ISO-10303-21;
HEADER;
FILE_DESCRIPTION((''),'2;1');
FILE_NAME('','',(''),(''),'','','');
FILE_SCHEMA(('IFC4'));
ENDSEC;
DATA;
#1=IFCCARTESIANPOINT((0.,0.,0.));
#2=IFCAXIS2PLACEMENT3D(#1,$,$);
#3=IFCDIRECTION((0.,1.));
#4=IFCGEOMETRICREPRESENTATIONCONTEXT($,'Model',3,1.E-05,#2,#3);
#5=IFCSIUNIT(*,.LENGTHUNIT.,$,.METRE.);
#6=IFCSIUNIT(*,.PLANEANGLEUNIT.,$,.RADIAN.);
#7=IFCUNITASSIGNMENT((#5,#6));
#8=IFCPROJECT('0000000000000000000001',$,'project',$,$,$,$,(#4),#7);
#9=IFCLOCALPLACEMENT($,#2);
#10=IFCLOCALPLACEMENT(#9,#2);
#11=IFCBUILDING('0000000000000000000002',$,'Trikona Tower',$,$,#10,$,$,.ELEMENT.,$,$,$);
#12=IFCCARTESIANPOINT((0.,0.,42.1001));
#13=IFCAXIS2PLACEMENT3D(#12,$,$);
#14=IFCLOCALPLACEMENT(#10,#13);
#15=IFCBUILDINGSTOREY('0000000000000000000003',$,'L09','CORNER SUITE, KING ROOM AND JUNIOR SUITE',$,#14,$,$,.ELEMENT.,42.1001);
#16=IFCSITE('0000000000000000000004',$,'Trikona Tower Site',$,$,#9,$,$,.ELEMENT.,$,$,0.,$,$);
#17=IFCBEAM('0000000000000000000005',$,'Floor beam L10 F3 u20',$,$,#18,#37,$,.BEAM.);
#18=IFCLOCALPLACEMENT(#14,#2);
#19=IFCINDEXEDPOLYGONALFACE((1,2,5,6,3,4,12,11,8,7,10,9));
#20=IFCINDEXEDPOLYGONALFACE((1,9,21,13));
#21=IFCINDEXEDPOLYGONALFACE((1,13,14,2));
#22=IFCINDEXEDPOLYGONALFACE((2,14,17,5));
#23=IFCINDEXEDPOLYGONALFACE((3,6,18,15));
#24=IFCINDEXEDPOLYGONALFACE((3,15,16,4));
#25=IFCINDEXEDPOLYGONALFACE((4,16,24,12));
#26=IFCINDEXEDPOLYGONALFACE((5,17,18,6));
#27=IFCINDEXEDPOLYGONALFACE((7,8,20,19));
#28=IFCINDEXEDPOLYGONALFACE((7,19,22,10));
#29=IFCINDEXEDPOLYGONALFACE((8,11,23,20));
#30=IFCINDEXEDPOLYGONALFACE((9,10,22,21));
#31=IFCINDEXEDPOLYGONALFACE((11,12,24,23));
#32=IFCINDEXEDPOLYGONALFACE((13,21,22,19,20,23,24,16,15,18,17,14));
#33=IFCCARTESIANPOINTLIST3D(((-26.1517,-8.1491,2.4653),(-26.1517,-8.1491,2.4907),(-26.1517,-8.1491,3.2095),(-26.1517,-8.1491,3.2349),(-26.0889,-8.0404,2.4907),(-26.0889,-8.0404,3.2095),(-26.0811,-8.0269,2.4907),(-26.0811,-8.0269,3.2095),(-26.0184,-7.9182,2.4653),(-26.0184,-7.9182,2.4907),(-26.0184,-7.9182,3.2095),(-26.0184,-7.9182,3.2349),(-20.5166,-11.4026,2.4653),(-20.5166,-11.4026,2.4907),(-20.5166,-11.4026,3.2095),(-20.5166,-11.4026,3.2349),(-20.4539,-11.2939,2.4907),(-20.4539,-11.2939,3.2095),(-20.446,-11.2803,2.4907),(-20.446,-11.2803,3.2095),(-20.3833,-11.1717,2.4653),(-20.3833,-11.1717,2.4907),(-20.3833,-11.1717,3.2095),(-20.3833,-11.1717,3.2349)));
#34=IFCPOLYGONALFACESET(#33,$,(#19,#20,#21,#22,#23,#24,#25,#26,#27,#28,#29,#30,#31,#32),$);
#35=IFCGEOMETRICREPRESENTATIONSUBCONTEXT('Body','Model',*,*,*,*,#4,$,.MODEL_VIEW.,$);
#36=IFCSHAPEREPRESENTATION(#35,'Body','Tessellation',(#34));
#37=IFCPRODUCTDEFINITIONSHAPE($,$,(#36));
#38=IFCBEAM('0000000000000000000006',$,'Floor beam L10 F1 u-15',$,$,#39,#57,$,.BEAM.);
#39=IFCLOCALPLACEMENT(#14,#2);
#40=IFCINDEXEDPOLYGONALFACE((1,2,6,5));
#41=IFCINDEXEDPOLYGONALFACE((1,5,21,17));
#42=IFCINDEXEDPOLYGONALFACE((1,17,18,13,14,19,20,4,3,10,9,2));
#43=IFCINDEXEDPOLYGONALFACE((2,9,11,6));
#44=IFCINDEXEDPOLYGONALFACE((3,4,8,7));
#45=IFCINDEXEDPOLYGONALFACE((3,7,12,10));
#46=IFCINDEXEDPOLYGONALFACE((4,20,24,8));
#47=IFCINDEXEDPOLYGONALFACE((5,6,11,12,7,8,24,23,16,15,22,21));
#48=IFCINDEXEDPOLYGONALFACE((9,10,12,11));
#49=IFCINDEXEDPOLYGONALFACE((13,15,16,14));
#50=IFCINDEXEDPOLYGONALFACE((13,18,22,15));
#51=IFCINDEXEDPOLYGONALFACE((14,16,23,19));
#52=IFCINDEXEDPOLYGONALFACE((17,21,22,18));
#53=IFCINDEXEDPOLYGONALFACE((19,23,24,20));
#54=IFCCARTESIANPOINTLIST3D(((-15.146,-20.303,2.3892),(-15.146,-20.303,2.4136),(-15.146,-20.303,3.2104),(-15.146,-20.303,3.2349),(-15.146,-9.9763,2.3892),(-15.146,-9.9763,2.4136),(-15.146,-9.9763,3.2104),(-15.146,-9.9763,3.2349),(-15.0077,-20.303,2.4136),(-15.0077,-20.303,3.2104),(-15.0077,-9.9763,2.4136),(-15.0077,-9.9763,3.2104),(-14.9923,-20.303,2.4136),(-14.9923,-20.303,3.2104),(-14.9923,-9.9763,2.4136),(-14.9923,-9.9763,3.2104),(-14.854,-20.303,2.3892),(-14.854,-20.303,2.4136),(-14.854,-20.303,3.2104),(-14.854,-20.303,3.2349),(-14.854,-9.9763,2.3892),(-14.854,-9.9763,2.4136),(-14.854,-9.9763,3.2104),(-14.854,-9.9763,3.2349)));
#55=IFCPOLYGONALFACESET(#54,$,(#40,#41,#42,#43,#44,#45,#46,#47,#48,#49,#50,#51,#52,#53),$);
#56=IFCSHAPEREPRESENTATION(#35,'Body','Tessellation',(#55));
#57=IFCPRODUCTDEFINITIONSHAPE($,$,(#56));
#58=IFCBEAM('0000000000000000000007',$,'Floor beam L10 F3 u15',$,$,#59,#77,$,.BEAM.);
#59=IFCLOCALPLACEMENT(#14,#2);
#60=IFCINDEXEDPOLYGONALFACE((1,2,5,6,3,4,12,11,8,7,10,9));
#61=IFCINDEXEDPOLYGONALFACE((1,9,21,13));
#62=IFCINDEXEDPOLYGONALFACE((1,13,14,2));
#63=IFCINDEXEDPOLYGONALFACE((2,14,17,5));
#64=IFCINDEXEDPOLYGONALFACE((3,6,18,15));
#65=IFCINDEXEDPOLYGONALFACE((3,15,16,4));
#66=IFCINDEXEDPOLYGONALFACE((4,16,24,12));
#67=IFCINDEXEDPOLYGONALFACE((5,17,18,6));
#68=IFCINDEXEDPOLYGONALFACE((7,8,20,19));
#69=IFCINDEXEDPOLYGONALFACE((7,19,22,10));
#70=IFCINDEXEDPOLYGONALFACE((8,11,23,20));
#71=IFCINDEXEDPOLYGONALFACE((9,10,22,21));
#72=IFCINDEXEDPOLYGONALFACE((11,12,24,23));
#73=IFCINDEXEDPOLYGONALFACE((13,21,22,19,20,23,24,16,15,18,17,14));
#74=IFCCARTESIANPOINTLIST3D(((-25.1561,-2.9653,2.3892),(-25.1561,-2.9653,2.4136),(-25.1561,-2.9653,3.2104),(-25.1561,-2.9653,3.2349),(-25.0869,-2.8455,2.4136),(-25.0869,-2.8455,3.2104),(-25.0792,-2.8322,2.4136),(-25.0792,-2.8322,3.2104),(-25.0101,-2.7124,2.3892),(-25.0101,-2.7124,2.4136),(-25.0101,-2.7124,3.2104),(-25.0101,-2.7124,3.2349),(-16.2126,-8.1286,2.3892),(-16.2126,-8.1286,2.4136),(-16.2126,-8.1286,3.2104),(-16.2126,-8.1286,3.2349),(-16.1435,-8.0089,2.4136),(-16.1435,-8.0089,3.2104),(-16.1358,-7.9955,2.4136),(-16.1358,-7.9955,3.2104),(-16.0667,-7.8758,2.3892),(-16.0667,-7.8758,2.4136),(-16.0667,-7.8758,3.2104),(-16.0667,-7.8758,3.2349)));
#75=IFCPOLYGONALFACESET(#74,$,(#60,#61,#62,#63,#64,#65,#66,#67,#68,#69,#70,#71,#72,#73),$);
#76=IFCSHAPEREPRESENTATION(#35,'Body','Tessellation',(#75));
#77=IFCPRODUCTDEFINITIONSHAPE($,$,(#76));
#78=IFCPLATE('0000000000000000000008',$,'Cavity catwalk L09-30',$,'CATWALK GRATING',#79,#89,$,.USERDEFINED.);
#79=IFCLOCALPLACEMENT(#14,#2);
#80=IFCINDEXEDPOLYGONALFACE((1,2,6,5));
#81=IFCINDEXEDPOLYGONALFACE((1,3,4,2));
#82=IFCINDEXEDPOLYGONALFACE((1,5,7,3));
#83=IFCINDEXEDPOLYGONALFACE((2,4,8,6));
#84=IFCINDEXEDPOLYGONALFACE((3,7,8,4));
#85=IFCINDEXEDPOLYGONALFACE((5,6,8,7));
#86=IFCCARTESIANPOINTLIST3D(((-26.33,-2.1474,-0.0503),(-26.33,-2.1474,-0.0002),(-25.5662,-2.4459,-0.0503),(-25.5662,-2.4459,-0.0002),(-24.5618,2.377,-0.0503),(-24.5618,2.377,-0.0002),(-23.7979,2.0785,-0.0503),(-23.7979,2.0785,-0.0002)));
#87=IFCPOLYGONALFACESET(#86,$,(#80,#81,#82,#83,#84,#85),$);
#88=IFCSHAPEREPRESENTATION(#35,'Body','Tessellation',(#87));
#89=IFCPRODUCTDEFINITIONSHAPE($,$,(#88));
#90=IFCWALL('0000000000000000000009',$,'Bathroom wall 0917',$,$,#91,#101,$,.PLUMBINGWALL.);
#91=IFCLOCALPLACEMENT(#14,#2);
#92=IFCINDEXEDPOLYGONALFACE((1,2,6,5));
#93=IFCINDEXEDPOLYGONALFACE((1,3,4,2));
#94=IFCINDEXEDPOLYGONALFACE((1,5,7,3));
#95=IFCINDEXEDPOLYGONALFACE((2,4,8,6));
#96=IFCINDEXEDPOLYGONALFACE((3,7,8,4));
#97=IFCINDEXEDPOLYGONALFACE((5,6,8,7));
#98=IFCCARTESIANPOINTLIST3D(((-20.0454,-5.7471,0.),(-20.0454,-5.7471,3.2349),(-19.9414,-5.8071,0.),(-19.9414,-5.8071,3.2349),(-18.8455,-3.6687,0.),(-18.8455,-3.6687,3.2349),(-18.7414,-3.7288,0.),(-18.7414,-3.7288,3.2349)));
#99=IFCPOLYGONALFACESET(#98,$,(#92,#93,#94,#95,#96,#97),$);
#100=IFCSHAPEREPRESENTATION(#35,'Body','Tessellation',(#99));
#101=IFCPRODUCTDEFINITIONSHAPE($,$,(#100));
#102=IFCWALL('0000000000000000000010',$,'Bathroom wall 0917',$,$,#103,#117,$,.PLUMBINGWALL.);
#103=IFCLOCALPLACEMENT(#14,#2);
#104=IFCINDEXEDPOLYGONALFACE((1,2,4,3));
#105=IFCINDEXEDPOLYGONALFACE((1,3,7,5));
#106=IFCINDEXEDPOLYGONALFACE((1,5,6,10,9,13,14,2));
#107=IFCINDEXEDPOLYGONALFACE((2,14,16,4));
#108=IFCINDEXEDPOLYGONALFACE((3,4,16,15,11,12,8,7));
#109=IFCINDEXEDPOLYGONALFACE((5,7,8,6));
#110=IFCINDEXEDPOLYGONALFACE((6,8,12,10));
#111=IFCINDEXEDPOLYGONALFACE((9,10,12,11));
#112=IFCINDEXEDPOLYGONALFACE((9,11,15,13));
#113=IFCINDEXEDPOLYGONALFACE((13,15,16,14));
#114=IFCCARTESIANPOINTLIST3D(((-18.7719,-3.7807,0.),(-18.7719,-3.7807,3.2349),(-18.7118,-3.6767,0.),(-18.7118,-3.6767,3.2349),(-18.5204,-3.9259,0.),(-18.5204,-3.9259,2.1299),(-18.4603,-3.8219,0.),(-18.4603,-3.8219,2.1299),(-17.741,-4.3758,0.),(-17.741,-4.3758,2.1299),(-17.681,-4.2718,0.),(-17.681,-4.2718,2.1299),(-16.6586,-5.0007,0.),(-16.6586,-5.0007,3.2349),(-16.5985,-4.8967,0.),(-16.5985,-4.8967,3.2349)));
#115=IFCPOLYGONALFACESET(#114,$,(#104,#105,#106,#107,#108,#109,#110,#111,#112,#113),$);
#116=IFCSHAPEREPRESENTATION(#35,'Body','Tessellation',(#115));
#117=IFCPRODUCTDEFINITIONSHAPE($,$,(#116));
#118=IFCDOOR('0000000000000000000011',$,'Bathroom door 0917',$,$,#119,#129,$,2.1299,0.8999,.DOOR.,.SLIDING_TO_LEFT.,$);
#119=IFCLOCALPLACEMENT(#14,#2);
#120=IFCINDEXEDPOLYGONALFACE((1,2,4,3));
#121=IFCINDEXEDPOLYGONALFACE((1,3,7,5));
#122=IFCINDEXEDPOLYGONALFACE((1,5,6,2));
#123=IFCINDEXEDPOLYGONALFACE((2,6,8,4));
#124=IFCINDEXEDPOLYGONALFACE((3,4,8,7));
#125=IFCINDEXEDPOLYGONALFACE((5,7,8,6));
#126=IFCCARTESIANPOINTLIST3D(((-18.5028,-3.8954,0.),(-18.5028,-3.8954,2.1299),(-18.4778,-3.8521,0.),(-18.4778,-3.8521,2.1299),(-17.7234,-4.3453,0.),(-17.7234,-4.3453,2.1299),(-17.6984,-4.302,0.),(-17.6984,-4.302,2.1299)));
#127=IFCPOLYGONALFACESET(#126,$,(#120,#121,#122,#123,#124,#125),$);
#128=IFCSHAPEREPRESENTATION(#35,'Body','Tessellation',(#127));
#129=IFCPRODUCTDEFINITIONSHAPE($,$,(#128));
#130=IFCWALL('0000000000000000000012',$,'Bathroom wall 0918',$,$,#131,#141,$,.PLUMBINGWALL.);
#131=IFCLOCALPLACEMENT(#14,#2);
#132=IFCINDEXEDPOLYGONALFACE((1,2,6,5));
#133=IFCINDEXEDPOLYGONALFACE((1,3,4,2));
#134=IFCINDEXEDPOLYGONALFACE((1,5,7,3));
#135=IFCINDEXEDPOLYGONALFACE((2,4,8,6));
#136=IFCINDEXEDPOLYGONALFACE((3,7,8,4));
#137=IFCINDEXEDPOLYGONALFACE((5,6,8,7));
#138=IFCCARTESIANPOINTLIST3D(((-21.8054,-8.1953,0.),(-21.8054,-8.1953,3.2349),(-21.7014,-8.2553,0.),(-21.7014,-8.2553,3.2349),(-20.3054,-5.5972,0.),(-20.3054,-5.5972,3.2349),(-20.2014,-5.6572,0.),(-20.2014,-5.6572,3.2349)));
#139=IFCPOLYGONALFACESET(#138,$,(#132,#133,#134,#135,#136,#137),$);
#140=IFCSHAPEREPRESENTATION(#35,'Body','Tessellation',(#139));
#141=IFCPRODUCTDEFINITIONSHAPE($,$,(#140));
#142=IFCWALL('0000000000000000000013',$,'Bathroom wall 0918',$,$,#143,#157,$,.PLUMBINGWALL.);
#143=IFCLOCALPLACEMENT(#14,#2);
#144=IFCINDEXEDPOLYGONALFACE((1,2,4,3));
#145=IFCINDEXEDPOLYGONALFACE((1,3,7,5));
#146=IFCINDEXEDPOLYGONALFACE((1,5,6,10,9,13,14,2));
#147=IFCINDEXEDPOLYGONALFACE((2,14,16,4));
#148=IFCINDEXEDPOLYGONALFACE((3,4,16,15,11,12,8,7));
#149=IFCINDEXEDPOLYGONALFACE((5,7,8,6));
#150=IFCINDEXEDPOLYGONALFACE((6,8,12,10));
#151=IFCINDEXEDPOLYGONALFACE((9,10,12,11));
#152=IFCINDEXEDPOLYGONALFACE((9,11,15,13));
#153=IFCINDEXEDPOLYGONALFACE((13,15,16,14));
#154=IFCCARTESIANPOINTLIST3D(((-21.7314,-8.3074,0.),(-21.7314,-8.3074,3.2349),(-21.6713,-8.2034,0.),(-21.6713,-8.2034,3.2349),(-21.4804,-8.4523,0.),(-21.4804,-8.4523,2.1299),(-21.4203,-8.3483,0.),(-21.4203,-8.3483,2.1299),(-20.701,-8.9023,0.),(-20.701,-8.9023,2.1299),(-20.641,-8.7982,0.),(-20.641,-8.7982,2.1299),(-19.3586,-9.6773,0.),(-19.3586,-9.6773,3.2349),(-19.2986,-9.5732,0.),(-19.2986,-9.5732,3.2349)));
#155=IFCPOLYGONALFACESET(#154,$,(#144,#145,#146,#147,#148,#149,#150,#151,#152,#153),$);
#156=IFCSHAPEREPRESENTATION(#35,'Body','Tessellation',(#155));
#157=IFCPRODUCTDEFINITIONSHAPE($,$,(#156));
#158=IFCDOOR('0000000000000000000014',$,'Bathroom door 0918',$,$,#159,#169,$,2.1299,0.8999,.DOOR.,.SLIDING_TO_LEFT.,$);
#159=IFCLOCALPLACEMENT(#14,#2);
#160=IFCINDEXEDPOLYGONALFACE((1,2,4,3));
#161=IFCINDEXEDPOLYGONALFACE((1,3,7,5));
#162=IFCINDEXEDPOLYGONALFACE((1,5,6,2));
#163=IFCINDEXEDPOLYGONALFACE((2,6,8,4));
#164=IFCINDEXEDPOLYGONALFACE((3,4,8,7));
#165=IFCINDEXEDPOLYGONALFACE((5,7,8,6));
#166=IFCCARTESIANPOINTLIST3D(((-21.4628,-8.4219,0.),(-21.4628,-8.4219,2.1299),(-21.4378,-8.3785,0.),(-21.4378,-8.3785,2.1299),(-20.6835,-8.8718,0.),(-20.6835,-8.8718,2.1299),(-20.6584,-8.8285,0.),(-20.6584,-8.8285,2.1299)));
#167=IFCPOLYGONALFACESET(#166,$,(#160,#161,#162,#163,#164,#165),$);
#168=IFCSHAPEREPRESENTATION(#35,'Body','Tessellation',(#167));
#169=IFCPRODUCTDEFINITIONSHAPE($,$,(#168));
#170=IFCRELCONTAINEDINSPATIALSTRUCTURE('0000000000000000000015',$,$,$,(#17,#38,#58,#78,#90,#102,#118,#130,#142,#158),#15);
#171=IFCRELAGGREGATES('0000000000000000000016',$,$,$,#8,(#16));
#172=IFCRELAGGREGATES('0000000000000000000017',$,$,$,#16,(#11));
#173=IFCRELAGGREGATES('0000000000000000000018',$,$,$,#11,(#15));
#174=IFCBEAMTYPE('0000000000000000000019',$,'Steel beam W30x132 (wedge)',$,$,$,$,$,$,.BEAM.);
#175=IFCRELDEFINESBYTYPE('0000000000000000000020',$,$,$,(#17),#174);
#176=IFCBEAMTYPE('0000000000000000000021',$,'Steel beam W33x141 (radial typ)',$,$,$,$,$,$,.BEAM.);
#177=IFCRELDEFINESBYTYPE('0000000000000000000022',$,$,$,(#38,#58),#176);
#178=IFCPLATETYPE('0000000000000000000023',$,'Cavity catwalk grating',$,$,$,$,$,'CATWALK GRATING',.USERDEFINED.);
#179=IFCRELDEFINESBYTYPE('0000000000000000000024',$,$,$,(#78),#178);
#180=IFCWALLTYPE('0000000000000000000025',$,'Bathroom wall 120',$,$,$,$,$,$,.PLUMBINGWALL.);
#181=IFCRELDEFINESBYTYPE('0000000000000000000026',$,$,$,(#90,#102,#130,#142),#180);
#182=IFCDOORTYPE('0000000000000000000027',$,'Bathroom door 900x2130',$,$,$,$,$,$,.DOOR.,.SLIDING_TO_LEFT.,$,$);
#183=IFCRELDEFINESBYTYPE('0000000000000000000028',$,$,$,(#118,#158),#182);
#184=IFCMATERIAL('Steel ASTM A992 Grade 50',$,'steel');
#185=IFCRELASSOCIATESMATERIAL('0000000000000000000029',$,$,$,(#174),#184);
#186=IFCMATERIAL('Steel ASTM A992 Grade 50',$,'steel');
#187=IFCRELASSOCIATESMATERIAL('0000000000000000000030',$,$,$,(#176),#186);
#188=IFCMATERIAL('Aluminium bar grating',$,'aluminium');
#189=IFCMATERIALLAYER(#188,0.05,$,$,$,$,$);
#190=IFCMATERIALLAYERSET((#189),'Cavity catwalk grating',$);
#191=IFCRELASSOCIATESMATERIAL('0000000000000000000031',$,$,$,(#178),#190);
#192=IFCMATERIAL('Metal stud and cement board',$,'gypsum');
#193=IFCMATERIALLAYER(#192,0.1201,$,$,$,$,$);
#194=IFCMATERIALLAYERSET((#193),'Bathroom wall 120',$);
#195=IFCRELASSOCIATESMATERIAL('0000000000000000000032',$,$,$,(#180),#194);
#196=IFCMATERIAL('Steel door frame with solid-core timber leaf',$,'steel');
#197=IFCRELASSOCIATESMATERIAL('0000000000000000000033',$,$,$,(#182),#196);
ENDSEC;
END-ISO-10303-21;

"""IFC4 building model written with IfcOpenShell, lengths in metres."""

from ifc_helpers import new_model, si_unit, direction, frame, frame_2d, origin, origin_2d, place, context, subcontext, project, spatial, rectangle, i_section, extrude, material, layer, layer_set, material_profile, profile_set, type_object, element, fill, save


model = new_model("IFC4")

# Units and contexts
model_context = context("Model", 3, precision=1e-05, world=origin(), true_north=direction((0.0, 1.0)))
body_context = subcontext(model_context, "Body", "Model", "MODEL_VIEW")
ifc_project = project(units=[si_unit("LENGTHUNIT", "METRE"), si_unit("PLANEANGLEUNIT", "RADIAN")], contexts=[model_context])

# Site, building, storey
site_placement = place(None, origin())
site = spatial("IfcSite", under=ifc_project, at=site_placement, Name="Trikona Tower Site", CompositionType="ELEMENT", RefElevation=0.0)
building_placement = place(site_placement, origin())
building = spatial("IfcBuilding", under=site, at=building_placement, Name="Trikona Tower", CompositionType="ELEMENT")
storey_placement = place(building_placement, frame((0.0, 0.0, 42.1001)))
storey = spatial("IfcBuildingStorey", under=building, at=storey_placement, Name="L09", Description="CORNER SUITE, KING ROOM AND JUNIOR SUITE", CompositionType="ELEMENT", Elevation=42.1001)

# Beams
ifc_material_1 = material(Name="Steel ASTM A992 Grade 50", Category="steel")
ifc_material_profile_1 = material_profile(ifc_material_1, i_section(OverallWidth=0.2666, OverallDepth=0.7695, WebThickness=0.0156, FlangeThickness=0.0254, at=origin_2d()), Name="W30X132")
ifc_profile_set_1 = profile_set([ifc_material_profile_1], Name="Steel ASTM A992 Grade 50")
beam_type_1 = type_object("IfcBeamType", Name="Steel beam W30x132 (wedge)", PredefinedType="BEAM", material=ifc_profile_set_1)
beam_1_placement = place(storey_placement, frame((-20.45, -11.2871, 2.8501), z_axis=(-0.866023, 0.500005, 0.0), x_axis=(-0.500005, -0.866023, 0.0)))
element("IfcBeam", 1, at=beam_1_placement, inside=storey, type_object=beam_type_1, Name="Floor beam L10 F3 u20", PredefinedType="BEAM", context=body_context, shape_type="SweptSolid", body=[
    extrude(i_section(OverallWidth=0.2666, OverallDepth=0.7695, WebThickness=0.0156, FlangeThickness=0.0254, at=origin_2d()), origin(), (0.0, 0.0, 1.0), 6.5068),
])
ifc_material_2 = material(Name="Steel ASTM A992 Grade 50", Category="steel")
ifc_material_profile_2 = material_profile(ifc_material_2, i_section(OverallWidth=0.292, OverallDepth=0.8457, WebThickness=0.0154, FlangeThickness=0.0244, at=origin_2d()), Name="W33X141")
ifc_profile_set_2 = profile_set([ifc_material_profile_2], Name="Steel ASTM A992 Grade 50")
beam_type_2 = type_object("IfcBeamType", Name="Steel beam W33x141 (radial typ)", PredefinedType="BEAM", material=ifc_profile_set_2)
beam_2_placement = place(storey_placement, frame((-15.0, -9.9763, 2.812), z_axis=(0.0, -1.0, 0.0), x_axis=(1.0, 0.0, 0.0)))
element("IfcBeam", 2, at=beam_2_placement, inside=storey, type_object=beam_type_2, Name="Floor beam L10 F1 u-15", PredefinedType="BEAM", context=body_context, shape_type="SweptSolid", body=[
    extrude(i_section(OverallWidth=0.292, OverallDepth=0.8457, WebThickness=0.0154, FlangeThickness=0.0244, at=origin_2d()), origin(), (0.0, 0.0, 1.0), 10.3267),
])
beam_3_placement = place(storey_placement, frame((-16.1396, -8.0022, 2.812), z_axis=(-0.86603, 0.499991, 0.0), x_axis=(-0.499991, -0.86603, 0.0)))
element("IfcBeam", 3, at=beam_3_placement, inside=storey, type_object=beam_type_2, Name="Floor beam L10 F3 u15", PredefinedType="BEAM", context=body_context, shape_type="SweptSolid", body=[
    extrude(i_section(OverallWidth=0.292, OverallDepth=0.8457, WebThickness=0.0154, FlangeThickness=0.0244, at=origin_2d()), origin(), (0.0, 0.0, 1.0), 10.3269),
])

# Plate
ifc_material_3 = material(Name="Aluminium bar grating", Category="aluminium")
ifc_layer_1 = layer(ifc_material_3, 0.05)
ifc_layer_set_1 = layer_set([ifc_layer_1], Name="Cavity catwalk grating")
plate_type = type_object("IfcPlateType", Name="Cavity catwalk grating", ElementType="CATWALK GRATING", PredefinedType="USERDEFINED", material=ifc_layer_set_1)
plate_placement = place(storey_placement, frame((-25.064, -0.0344, -0.0503), z_axis=(0.0, 0.0, 1.0), x_axis=(-0.364009, -0.931395, 0.0)))
element("IfcPlate", 4, at=plate_placement, inside=storey, type_object=plate_type, Name="Cavity catwalk L09-30", ObjectType="CATWALK GRATING", PredefinedType="USERDEFINED", context=body_context, shape_type="SweptSolid", body=[
    extrude(rectangle(XDim=4.8577, YDim=0.8201, at=origin_2d()), origin(), (0.0, 0.0, 1.0), 0.05),
])

# Wall
ifc_material_4 = material(Name="Metal stud and cement board", Category="gypsum")
ifc_layer_2 = layer(ifc_material_4, 0.1201)
ifc_layer_set_2 = layer_set([ifc_layer_2], Name="Bathroom wall 120")
wall_type_1 = type_object("IfcWallType", Name="Bathroom wall 120", PredefinedType="PLUMBINGWALL", material=ifc_layer_set_2)
wall_1_placement = place(storey_placement, frame((-18.7935, -3.6987, 0.0), z_axis=(0.0, 0.0, 1.0), x_axis=(-0.500001, -0.866025, 0.0)))
element("IfcWall", 5, at=wall_1_placement, inside=storey, type_object=wall_type_1, Name="Bathroom wall 0917", PredefinedType="PLUMBINGWALL", context=body_context, shape_type="SweptSolid", body=[
    extrude(rectangle(XDim=2.3999, YDim=0.1201, at=frame_2d((1.2, 0.0))), origin(), (0.0, 0.0, 1.0), 3.2349),
])

# Wall, opening, door
wall_2_placement = place(storey_placement, frame((-16.6284, -4.9487, 0.0), z_axis=(0.0, 0.0, 1.0), x_axis=(-0.866049, 0.499959, 0.0)))
wall_2 = element("IfcWall", 6, at=wall_2_placement, inside=storey, type_object=wall_type_1, Name="Bathroom wall 0917", PredefinedType="PLUMBINGWALL", context=body_context, shape_type="SweptSolid", body=[
    extrude(rectangle(XDim=2.4402, YDim=0.1201, at=frame_2d((1.2202, 0.0))), origin(), (0.0, 0.0, 1.0), 3.2349),
])
opening_1_placement = place(wall_2_placement, frame((1.25, 0.0, 0.0)))
opening_1 = element("IfcOpeningElement", 7, at=opening_1_placement, cuts=wall_2, PredefinedType="OPENING", context=body_context, shape_type="SweptSolid", body=[
    extrude(rectangle(XDim=0.8999, YDim=2.1299, at=frame_2d((0.45, 1.0649))), frame((0.0, 0.0701, 0.0), z_axis=(0.0, -1.0, 0.0), x_axis=(1.0, 0.0, 0.0)), (0.0, 0.0, 1.0), 0.1401),
])
ifc_material_5 = material(Name="Steel door frame with solid-core timber leaf", Category="steel")
door_type_1 = type_object("IfcDoorType", Name="Bathroom door 900x2130", OperationType="SLIDING_TO_LEFT", PredefinedType="DOOR", material=ifc_material_5)
door_1_placement = place(opening_1_placement, origin())
door_1 = element("IfcDoor", 8, at=door_1_placement, inside=storey, type_object=door_type_1, Name="Bathroom door 0917", OperationType="SLIDING_TO_LEFT", OverallHeight=2.1299, OverallWidth=0.8999, PredefinedType="DOOR", context=body_context, shape_type="SweptSolid", body=[
    extrude(rectangle(XDim=0.8999, YDim=2.1299, at=frame_2d((0.45, 1.0649))), frame((0.0, 0.0249, 0.0), z_axis=(0.0, -1.0, 0.0), x_axis=(1.0, 0.0, 0.0)), (0.0, 0.0, 1.0), 0.05),
])
fill(opening_1, door_1)

# Wall
wall_3_placement = place(storey_placement, frame((-20.2534, -5.6272, 0.0), z_axis=(0.0, 0.0, 1.0), x_axis=(-0.49999, -0.866031, 0.0)))
element("IfcWall", 9, at=wall_3_placement, inside=storey, type_object=wall_type_1, Name="Bathroom wall 0918", PredefinedType="PLUMBINGWALL", context=body_context, shape_type="SweptSolid", body=[
    extrude(rectangle(XDim=3.0, YDim=0.1201, at=frame_2d((1.5, 0.0))), origin(), (0.0, 0.0, 1.0), 3.2349),
])

# Wall, opening, door
wall_4_placement = place(storey_placement, frame((-19.3286, -9.6252, 0.0), z_axis=(0.0, 0.0, 1.0), x_axis=(-0.866036, 0.499982, 0.0)))
wall_4 = element("IfcWall", 10, at=wall_4_placement, inside=storey, type_object=wall_type_1, Name="Bathroom wall 0918", PredefinedType="PLUMBINGWALL", context=body_context, shape_type="SweptSolid", body=[
    extrude(rectangle(XDim=2.7397, YDim=0.1201, at=frame_2d((1.3699, 0.0))), origin(), (0.0, 0.0, 1.0), 3.2349),
])
opening_2_placement = place(wall_4_placement, frame((1.55, 0.0, 0.0)))
opening_2 = element("IfcOpeningElement", 11, at=opening_2_placement, cuts=wall_4, PredefinedType="OPENING", context=body_context, shape_type="SweptSolid", body=[
    extrude(rectangle(XDim=0.8999, YDim=2.1299, at=frame_2d((0.45, 1.0649))), frame((0.0, 0.0701, 0.0), z_axis=(0.0, -1.0, 0.0), x_axis=(1.0, 0.0, 0.0)), (0.0, 0.0, 1.0), 0.1401),
])
door_2_placement = place(opening_2_placement, origin())
door_2 = element("IfcDoor", 12, at=door_2_placement, inside=storey, type_object=door_type_1, Name="Bathroom door 0918", OperationType="SLIDING_TO_LEFT", OverallHeight=2.1299, OverallWidth=0.8999, PredefinedType="DOOR", context=body_context, shape_type="SweptSolid", body=[
    extrude(rectangle(XDim=0.8999, YDim=2.1299, at=frame_2d((0.45, 1.0649))), frame((0.0, 0.0249, 0.0), z_axis=(0.0, -1.0, 0.0), x_axis=(1.0, 0.0, 0.0)), (0.0, 0.0, 1.0), 0.05),
])
fill(opening_2, door_2)

save(model, "model.ifc")
